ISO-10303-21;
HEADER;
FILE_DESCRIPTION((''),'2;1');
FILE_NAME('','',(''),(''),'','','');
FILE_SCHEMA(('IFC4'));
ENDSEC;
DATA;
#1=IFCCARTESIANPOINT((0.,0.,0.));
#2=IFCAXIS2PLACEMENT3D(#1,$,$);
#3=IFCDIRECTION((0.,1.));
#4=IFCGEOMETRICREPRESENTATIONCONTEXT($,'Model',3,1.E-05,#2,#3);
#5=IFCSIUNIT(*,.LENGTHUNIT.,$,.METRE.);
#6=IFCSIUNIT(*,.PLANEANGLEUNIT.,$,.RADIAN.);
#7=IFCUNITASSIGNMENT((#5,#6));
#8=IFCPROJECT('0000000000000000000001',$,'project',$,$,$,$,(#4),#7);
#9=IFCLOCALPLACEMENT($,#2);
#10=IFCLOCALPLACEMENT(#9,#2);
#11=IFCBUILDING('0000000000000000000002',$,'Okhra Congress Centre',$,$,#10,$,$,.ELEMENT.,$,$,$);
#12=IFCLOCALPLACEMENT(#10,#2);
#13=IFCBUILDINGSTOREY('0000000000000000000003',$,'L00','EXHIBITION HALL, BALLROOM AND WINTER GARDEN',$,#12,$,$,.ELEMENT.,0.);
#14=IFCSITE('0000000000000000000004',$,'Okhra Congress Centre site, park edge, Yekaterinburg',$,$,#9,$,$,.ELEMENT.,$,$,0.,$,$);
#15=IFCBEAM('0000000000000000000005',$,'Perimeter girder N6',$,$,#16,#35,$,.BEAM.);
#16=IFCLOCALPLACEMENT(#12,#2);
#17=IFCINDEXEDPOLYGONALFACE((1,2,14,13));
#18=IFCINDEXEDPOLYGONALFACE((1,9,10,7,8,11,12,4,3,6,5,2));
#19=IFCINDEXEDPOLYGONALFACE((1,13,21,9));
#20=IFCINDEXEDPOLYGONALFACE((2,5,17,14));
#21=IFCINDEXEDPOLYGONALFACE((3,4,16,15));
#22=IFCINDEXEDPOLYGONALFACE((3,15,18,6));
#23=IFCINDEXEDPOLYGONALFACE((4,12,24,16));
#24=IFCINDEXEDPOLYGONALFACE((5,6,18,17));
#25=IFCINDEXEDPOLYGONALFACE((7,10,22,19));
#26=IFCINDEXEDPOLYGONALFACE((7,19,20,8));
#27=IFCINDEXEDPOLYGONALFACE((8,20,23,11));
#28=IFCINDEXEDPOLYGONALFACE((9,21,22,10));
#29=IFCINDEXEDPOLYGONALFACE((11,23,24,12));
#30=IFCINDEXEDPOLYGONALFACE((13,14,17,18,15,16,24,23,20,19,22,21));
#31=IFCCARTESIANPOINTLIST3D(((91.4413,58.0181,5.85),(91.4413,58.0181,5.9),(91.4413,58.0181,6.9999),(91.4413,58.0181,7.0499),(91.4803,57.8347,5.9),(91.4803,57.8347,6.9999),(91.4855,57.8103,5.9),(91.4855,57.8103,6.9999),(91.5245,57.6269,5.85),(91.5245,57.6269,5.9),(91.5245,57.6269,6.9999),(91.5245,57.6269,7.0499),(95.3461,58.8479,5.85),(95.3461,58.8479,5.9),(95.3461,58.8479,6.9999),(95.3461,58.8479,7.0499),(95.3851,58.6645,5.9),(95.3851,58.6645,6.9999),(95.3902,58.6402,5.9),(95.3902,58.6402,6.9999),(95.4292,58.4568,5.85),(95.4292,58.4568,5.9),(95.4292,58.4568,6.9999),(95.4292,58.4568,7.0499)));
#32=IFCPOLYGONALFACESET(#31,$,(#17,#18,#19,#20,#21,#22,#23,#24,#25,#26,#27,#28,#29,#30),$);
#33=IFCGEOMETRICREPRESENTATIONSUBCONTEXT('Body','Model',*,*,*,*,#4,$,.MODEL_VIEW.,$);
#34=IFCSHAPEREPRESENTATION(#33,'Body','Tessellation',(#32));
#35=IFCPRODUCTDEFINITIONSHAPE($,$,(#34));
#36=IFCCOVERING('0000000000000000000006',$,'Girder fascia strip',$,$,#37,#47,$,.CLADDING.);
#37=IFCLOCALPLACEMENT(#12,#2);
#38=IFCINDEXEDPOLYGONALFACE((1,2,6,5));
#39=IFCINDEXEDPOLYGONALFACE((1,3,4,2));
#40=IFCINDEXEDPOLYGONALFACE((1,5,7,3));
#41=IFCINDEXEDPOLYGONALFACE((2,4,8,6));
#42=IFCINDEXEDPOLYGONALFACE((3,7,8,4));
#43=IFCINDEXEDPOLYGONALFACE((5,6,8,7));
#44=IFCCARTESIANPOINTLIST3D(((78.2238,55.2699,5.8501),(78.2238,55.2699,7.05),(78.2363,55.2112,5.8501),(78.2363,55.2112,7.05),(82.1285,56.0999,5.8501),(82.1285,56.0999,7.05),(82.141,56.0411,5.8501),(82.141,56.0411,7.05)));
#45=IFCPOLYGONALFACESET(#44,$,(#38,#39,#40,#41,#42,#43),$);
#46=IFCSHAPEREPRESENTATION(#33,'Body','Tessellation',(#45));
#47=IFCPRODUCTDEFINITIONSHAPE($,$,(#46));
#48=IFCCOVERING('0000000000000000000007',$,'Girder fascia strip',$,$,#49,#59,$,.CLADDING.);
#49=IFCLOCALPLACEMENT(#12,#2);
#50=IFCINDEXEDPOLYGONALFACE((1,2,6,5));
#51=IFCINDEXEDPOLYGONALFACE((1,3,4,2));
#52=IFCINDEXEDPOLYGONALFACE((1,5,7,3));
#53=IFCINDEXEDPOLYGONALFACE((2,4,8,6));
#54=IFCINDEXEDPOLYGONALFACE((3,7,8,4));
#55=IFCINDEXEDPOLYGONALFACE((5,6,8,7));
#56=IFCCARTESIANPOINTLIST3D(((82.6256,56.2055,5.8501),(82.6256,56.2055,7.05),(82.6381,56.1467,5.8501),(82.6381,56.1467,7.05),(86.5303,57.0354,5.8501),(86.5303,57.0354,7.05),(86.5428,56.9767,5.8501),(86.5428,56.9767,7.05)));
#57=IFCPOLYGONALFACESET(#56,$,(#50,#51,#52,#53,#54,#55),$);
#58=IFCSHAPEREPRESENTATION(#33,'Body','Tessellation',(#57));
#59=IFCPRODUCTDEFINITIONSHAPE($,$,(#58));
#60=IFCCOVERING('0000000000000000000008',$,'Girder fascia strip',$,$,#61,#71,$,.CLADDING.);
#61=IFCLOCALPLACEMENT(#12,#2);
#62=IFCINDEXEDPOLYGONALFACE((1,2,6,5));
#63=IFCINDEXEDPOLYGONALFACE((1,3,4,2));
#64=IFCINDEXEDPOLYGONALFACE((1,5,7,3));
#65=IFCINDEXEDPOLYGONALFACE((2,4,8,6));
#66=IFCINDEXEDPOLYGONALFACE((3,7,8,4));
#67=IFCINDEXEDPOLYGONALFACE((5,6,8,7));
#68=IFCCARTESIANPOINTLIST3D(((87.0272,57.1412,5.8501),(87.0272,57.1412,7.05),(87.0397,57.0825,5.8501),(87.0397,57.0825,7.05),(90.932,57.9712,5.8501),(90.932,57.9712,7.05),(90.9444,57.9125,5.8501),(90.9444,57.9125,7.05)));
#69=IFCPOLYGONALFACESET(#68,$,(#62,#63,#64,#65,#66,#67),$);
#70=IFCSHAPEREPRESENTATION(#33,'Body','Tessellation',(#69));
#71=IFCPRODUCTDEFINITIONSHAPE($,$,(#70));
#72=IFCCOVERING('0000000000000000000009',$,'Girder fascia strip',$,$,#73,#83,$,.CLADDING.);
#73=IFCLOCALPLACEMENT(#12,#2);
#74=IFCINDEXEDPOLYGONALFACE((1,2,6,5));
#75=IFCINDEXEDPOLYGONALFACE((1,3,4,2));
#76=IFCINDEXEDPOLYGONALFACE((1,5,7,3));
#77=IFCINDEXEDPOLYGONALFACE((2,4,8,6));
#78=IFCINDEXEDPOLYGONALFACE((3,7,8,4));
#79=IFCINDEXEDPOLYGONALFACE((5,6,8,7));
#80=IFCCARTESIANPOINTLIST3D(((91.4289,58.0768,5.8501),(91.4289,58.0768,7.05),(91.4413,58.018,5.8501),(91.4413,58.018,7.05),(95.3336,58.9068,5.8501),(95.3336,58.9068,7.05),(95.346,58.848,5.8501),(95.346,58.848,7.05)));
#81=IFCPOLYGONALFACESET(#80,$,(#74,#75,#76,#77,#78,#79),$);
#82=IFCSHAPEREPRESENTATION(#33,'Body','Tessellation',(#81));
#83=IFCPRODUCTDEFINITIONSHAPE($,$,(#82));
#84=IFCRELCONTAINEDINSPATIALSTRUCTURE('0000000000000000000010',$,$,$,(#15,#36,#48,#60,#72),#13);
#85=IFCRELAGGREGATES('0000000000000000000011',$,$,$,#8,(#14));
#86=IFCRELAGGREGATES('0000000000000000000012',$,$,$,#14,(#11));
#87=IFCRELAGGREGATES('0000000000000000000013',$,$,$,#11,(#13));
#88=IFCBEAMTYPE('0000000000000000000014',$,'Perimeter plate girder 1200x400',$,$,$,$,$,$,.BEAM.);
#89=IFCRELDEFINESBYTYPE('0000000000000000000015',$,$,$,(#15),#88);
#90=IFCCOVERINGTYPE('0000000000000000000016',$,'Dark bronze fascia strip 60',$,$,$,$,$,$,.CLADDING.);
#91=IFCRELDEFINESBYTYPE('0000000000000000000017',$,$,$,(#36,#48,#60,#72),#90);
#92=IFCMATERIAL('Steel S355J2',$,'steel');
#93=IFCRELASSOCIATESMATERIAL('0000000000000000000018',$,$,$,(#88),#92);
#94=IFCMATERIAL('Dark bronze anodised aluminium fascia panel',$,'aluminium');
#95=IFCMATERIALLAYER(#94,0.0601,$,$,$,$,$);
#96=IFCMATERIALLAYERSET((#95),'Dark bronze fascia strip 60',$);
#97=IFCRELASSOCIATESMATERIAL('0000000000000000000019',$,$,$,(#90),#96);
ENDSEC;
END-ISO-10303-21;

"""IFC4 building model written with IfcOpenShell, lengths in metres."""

from ifc_helpers import new_model, si_unit, direction, frame, origin, origin_2d, place, context, subcontext, project, spatial, rectangle, i_section, extrude, material, layer, layer_set, material_profile, profile_set, type_object, element, save


model = new_model("IFC4")

# Units and contexts
model_context = context("Model", 3, precision=1e-05, world=origin(), true_north=direction((0.0, 1.0)))
body_context = subcontext(model_context, "Body", "Model", "MODEL_VIEW")
ifc_project = project(units=[si_unit("LENGTHUNIT", "METRE"), si_unit("PLANEANGLEUNIT", "RADIAN")], contexts=[model_context])

# Site, building, storey
site_placement = place(None, origin())
site = spatial("IfcSite", under=ifc_project, at=site_placement, Name="Okhra Congress Centre site, park edge, Yekaterinburg", CompositionType="ELEMENT", RefElevation=0.0)
building_placement = place(site_placement, origin())
building = spatial("IfcBuilding", under=site, at=building_placement, Name="Okhra Congress Centre", CompositionType="ELEMENT")
storey_placement = place(building_placement, origin())
storey = spatial("IfcBuildingStorey", under=building, at=storey_placement, Name="L00", Description="EXHIBITION HALL, BALLROOM AND WINTER GARDEN", CompositionType="ELEMENT", Elevation=0.0)

# Beam
ifc_material_1 = material(Name="Steel S355J2", Category="steel")
ifc_material_profile_1 = material_profile(ifc_material_1, i_section(OverallWidth=0.3999, OverallDepth=1.2, WebThickness=0.0249, FlangeThickness=0.05, at=origin_2d()), Name="Plate girder 1200x400")
ifc_profile_set_1 = profile_set([ifc_material_profile_1], Name="Steel S355J2")
beam_type = type_object("IfcBeamType", Name="Perimeter plate girder 1200x400", PredefinedType="BEAM", material=ifc_profile_set_1)
for number, where, z_axis, x_axis, name in (
    (1, (91.4829, 57.8225, 6.45), (0.978155, 0.207875, 0.0), (-0.207875, 0.978155, 0.0), "Perimeter girder N6"),
):
    element("IfcBeam", number, at=place(storey_placement, frame(where, z_axis=z_axis, x_axis=x_axis)), inside=storey, type_object=beam_type, Name=name, PredefinedType="BEAM", context=body_context, shape_type="SweptSolid", body=[
        extrude(i_section(OverallWidth=0.3999, OverallDepth=1.2, WebThickness=0.0249, FlangeThickness=0.05, at=origin_2d()), origin(), (0.0, 0.0, 1.0), 3.9919),
    ])

# Coverings
ifc_material_2 = material(Name="Dark bronze anodised aluminium fascia panel", Category="aluminium")
ifc_layer = layer(ifc_material_2, 0.0601)
ifc_layer_set = layer_set([ifc_layer], Name="Dark bronze fascia strip 60")
covering_type = type_object("IfcCoveringType", Name="Dark bronze fascia strip 60", PredefinedType="CLADDING", material=ifc_layer_set)
for number, where, z_axis, x_axis, name in (
    (2, (80.1824, 55.6555, 5.8501), (0.0, 0.0, 1.0), (0.978148, 0.207912, 0.0), "Girder fascia strip"),
    (3, (84.5842, 56.5911, 5.8501), (0.0, 0.0, 1.0), (0.978148, 0.207912, 0.0), "Girder fascia strip"),
    (4, (88.9858, 57.5269, 5.8501), (0.0, 0.0, 1.0), (0.978148, 0.207912, 0.0), "Girder fascia strip"),
    (5, (93.3875, 58.4624, 5.8501), (0.0, 0.0, 1.0), (0.978148, 0.207912, 0.0), "Girder fascia strip"),
):
    element("IfcCovering", number, at=place(storey_placement, frame(where, z_axis=z_axis, x_axis=x_axis)), inside=storey, type_object=covering_type, Name=name, PredefinedType="CLADDING", context=body_context, shape_type="SweptSolid", body=[
        extrude(rectangle(XDim=3.9919, YDim=0.0601, at=origin_2d()), origin(), (0.0, 0.0, 1.0), 1.2),
    ])

save(model, "model.ifc")
